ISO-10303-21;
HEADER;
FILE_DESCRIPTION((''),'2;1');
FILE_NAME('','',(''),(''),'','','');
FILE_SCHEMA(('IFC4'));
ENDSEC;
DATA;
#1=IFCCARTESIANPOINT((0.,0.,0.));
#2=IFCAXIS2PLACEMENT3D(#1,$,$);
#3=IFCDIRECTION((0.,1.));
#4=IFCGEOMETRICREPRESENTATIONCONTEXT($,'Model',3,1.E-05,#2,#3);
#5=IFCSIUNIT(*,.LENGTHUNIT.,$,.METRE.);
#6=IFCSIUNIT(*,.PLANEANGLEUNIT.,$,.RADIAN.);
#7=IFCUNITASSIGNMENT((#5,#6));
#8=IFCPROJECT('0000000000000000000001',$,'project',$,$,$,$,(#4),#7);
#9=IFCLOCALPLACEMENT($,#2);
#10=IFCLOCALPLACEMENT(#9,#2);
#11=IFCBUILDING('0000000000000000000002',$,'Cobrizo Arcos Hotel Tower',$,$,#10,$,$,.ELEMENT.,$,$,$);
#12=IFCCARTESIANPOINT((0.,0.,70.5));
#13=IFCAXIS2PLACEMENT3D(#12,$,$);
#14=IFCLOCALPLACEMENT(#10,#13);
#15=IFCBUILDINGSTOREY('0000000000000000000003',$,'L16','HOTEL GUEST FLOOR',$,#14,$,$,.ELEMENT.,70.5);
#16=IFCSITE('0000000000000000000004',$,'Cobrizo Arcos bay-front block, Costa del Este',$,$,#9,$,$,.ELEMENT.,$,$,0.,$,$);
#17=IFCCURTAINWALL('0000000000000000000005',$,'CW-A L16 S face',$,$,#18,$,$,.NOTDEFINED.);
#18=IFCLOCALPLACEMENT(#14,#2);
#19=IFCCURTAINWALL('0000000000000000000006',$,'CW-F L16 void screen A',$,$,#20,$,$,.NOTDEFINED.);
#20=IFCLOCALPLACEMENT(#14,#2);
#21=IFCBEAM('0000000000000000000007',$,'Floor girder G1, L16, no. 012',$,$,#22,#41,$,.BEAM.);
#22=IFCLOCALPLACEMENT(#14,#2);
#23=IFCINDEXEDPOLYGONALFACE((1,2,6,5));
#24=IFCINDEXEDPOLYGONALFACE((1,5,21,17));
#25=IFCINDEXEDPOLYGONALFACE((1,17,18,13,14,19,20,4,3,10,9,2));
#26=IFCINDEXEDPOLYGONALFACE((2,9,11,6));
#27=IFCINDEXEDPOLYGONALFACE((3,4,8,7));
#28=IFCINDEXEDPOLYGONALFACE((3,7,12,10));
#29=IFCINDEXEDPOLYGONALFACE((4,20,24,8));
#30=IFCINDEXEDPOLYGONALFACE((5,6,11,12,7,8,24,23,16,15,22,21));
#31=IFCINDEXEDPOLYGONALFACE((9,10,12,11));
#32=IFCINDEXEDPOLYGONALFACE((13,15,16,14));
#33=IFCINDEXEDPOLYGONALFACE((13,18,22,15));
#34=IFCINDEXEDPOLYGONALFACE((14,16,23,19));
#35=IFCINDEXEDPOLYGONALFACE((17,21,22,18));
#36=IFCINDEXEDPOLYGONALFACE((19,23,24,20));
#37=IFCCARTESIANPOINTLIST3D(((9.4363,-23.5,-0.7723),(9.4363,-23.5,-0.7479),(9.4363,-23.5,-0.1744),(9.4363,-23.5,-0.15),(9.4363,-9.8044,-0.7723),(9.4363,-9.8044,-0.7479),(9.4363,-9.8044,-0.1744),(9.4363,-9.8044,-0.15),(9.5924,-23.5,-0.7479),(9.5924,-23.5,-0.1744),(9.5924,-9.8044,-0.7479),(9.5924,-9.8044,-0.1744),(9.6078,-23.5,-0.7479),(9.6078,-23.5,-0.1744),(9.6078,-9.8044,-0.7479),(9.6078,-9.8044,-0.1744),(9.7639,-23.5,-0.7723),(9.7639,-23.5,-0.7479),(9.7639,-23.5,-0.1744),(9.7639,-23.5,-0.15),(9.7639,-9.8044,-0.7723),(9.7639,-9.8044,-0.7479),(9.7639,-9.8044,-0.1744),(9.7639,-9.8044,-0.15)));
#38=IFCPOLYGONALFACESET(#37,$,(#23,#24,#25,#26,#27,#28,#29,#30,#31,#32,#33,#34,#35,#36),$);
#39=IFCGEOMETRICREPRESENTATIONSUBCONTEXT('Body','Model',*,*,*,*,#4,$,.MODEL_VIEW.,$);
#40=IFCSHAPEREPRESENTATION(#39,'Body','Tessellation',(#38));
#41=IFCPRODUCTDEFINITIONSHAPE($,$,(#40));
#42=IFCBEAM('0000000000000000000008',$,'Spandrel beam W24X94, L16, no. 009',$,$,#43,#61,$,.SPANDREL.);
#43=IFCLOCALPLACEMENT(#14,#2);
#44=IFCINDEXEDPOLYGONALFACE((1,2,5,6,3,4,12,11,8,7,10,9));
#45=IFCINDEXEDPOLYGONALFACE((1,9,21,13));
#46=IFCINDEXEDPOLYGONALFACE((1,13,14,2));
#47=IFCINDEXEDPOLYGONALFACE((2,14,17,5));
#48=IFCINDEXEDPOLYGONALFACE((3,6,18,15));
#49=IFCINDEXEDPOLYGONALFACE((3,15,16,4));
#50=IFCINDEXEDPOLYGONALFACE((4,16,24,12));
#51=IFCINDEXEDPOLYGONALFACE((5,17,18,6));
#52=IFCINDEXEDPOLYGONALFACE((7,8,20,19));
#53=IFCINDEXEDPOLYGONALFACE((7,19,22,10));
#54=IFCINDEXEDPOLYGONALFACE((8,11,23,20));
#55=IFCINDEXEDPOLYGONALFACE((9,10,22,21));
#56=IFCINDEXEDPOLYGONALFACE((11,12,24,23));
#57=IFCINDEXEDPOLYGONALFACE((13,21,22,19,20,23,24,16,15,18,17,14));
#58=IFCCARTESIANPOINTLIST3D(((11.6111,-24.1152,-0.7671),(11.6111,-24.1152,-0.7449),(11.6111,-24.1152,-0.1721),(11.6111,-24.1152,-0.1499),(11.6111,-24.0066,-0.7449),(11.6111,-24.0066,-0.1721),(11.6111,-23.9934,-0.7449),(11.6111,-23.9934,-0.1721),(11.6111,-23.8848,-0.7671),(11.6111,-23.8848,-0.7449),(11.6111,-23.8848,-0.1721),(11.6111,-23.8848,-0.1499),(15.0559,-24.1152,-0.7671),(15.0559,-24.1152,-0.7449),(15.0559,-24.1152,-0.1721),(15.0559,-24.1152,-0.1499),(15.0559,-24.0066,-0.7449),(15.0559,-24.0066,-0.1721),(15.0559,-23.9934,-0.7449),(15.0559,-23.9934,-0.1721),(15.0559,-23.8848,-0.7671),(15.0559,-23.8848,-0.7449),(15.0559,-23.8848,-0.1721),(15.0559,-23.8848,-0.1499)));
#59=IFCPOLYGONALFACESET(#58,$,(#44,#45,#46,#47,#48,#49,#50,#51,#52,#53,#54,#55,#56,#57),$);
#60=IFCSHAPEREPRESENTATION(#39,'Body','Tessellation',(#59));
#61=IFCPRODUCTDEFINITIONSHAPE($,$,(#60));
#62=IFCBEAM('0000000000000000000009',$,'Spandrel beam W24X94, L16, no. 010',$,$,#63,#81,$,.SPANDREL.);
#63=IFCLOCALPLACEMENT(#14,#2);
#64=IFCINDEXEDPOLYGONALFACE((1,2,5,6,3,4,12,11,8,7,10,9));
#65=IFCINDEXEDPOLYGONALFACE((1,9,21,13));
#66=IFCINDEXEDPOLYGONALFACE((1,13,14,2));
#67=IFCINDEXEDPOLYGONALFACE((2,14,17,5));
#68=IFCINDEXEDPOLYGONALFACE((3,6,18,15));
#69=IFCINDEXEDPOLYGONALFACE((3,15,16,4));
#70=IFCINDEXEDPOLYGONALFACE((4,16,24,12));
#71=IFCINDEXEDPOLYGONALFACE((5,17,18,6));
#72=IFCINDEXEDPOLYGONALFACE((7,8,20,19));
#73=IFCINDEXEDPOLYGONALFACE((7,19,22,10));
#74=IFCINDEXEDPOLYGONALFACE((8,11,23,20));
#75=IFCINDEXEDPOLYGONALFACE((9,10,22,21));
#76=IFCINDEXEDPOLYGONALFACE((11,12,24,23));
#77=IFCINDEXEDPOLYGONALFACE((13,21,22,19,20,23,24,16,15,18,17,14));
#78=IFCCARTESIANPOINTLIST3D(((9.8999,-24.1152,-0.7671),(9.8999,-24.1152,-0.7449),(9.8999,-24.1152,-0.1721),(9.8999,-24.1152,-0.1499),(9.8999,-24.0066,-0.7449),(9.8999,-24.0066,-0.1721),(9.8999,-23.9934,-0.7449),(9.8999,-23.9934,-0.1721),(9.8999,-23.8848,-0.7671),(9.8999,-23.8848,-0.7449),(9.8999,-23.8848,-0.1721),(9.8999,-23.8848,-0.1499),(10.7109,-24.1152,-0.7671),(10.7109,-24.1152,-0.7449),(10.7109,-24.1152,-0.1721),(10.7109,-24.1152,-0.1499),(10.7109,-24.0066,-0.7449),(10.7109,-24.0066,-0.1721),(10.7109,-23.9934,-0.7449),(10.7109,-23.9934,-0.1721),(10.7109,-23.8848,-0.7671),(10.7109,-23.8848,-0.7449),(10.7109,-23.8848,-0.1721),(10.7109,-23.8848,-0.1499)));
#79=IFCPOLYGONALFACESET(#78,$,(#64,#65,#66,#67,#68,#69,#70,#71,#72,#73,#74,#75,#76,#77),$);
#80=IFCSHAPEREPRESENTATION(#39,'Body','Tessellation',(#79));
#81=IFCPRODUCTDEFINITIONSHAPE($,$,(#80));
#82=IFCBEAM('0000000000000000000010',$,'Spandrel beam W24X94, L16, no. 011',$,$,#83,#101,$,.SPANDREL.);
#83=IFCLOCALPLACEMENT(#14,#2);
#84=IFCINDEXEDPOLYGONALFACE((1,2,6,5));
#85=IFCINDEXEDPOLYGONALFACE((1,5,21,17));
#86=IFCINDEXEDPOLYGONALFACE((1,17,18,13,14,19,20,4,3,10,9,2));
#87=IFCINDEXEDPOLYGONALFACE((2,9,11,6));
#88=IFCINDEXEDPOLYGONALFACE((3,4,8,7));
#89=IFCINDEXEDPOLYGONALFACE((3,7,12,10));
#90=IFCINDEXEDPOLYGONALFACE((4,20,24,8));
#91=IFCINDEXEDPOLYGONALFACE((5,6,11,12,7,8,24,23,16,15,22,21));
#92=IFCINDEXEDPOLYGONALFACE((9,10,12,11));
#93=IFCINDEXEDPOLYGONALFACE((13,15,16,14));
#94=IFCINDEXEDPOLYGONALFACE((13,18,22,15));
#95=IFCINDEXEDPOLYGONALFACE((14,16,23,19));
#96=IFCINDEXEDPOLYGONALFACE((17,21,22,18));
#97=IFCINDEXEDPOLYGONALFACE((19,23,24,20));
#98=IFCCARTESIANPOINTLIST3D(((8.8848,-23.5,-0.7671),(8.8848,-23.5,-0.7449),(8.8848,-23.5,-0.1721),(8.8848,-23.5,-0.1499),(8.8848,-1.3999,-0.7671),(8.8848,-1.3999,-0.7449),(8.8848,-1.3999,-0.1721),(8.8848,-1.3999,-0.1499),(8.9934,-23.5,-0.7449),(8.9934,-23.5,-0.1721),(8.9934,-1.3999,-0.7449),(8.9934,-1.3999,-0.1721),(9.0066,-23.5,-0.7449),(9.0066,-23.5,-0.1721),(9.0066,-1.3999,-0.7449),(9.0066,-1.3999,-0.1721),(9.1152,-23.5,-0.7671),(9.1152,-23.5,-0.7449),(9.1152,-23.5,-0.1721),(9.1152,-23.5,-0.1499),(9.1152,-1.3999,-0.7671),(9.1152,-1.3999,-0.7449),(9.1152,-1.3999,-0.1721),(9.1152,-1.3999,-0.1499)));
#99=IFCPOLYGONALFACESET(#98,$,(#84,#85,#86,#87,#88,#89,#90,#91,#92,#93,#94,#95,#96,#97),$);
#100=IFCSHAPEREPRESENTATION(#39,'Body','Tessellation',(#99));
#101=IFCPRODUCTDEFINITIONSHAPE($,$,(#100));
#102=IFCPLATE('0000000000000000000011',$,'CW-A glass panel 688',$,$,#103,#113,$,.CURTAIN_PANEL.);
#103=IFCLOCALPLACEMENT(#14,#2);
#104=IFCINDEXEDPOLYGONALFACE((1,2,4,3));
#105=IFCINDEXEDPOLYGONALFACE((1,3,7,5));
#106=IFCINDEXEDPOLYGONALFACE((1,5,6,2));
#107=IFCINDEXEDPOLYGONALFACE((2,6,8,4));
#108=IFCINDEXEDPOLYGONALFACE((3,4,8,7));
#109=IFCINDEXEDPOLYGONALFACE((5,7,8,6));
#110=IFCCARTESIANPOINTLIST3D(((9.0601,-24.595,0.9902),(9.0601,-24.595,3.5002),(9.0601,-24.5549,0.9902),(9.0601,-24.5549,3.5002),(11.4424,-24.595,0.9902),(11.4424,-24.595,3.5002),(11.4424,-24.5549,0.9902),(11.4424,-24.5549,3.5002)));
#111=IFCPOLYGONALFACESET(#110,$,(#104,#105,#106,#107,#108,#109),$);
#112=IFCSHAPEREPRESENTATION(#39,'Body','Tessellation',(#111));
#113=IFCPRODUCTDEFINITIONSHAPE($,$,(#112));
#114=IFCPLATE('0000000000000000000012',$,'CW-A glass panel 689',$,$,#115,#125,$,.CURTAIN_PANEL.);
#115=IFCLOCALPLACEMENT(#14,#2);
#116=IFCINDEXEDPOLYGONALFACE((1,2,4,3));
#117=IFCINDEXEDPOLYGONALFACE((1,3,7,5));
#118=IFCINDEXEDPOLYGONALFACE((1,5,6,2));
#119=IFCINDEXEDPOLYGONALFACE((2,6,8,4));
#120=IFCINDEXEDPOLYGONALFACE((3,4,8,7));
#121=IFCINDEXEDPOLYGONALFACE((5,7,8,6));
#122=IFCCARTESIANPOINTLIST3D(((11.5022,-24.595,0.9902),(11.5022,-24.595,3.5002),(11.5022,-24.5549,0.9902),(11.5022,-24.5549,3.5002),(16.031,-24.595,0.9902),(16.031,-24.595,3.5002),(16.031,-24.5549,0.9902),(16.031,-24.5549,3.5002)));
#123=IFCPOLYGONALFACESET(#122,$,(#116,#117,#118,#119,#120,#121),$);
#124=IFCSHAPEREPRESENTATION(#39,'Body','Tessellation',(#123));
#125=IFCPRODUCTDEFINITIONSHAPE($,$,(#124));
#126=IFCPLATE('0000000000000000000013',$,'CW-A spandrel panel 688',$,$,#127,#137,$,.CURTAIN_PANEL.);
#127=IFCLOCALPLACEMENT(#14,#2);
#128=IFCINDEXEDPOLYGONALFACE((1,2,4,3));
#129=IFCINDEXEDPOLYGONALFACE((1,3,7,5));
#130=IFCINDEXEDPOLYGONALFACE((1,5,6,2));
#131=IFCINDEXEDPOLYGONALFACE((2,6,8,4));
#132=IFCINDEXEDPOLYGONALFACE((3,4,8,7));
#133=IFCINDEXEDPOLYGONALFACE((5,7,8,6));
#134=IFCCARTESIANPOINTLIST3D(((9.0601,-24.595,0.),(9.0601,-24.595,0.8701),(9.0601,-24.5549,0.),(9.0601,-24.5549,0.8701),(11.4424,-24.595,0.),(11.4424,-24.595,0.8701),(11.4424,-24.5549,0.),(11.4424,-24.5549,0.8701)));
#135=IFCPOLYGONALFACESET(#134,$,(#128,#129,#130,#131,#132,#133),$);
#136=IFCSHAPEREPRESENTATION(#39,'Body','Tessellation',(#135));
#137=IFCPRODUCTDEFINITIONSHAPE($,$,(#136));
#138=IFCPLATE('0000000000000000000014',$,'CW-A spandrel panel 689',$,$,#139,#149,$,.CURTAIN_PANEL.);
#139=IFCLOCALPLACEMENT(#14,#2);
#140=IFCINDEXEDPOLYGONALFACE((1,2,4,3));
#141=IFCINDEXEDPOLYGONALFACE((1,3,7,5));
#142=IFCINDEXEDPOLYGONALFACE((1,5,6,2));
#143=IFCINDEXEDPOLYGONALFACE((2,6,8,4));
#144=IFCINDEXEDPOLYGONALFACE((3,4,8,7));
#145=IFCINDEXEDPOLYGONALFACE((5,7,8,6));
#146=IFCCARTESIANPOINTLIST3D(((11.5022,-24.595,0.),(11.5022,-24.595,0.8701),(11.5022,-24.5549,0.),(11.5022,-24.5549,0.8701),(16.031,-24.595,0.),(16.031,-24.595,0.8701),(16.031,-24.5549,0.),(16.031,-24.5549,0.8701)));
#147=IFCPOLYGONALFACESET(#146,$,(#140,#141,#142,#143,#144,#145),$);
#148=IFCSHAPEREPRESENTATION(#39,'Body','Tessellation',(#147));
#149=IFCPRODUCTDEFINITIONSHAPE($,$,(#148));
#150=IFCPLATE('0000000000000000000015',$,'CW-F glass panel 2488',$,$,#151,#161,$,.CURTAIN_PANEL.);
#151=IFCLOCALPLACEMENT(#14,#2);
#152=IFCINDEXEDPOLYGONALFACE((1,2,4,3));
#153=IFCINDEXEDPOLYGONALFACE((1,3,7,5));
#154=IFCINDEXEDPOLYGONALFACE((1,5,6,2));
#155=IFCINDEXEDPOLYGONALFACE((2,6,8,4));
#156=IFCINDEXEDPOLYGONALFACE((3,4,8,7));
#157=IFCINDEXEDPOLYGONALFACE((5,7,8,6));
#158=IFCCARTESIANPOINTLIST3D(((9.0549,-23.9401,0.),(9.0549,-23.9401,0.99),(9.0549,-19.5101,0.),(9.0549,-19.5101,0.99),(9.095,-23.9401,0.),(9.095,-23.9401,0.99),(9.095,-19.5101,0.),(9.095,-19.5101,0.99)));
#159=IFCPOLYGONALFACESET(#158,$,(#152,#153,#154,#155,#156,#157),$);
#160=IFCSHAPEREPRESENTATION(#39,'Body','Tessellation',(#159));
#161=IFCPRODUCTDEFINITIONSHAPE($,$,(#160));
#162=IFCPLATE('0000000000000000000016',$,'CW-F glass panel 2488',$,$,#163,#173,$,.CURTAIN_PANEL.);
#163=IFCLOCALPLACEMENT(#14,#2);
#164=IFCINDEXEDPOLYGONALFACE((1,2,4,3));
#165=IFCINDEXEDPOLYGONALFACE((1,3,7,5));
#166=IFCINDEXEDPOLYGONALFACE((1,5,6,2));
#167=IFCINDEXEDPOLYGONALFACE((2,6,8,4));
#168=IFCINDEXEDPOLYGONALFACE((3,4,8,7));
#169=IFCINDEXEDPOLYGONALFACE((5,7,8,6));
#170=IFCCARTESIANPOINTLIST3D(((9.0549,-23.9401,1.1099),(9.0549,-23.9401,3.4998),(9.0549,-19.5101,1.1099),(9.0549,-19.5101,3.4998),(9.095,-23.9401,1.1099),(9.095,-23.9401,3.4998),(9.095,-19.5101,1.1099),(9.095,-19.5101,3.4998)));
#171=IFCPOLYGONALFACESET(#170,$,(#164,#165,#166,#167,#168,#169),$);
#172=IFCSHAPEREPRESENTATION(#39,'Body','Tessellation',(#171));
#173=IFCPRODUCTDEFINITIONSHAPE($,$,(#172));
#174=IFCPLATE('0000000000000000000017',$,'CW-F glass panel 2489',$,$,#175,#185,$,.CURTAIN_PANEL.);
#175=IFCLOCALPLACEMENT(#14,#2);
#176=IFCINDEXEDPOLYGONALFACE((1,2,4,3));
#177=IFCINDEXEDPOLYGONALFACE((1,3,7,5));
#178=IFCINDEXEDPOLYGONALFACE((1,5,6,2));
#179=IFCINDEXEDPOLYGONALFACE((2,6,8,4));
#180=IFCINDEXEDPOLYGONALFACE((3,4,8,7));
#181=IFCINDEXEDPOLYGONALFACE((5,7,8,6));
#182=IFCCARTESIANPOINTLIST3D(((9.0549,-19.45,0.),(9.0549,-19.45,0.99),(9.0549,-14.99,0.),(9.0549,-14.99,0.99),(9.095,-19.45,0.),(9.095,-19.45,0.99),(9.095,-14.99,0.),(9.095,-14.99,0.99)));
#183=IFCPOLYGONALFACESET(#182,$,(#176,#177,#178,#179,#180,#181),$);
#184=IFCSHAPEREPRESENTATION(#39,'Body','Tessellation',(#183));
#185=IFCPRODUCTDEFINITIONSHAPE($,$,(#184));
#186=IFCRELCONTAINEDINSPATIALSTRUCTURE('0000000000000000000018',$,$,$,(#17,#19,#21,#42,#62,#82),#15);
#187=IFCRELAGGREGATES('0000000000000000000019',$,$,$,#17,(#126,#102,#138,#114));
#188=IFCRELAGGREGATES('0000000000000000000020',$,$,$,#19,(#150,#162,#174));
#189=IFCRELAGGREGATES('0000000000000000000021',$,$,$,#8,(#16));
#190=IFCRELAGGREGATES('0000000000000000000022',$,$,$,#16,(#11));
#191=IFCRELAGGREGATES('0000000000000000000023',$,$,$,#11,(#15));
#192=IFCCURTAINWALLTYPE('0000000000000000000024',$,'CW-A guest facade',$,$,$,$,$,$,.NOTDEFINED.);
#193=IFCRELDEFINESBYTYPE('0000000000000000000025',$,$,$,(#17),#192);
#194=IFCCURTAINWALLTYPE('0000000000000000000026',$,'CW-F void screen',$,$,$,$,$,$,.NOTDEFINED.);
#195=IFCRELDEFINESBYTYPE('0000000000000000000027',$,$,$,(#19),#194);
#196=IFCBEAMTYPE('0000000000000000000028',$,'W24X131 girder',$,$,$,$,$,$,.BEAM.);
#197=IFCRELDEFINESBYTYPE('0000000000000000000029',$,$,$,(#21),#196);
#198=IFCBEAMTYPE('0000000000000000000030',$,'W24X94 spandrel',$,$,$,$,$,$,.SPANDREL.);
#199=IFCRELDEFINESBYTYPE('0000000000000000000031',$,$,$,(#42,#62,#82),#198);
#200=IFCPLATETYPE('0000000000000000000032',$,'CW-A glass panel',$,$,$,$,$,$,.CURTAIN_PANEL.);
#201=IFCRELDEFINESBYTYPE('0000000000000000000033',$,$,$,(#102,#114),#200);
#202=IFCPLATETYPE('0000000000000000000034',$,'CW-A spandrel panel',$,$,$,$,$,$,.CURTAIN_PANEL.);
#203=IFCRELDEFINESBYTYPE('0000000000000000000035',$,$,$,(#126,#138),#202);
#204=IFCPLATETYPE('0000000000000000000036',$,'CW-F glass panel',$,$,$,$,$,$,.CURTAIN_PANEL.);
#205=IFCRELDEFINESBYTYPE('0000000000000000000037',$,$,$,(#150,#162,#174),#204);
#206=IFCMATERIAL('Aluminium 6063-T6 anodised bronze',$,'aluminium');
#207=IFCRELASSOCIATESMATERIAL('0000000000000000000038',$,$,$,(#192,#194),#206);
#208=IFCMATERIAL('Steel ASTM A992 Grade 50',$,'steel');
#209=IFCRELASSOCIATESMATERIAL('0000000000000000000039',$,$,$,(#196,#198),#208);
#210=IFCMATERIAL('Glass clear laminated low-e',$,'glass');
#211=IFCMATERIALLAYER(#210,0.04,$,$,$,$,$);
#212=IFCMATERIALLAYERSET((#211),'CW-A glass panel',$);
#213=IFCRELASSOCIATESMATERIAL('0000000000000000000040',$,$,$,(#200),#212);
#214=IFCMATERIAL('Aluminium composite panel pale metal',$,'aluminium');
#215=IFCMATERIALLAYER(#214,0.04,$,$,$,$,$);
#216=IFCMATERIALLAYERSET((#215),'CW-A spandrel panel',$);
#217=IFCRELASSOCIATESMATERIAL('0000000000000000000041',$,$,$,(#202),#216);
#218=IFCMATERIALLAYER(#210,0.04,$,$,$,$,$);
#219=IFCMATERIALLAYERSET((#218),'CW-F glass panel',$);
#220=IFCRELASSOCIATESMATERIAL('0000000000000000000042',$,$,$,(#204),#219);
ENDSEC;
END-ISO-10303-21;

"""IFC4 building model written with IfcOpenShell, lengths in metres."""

from ifc_helpers import new_model, si_unit, direction, frame, origin, origin_2d, place, context, subcontext, project, spatial, rectangle, i_section, extrude, material, layer, layer_set, material_profile, profile_set, type_object, element, aggregate, save


model = new_model("IFC4")

# Units and contexts
model_context = context("Model", 3, precision=1e-05, world=origin(), true_north=direction((0.0, 1.0)))
body_context = subcontext(model_context, "Body", "Model", "MODEL_VIEW")
ifc_project = project(units=[si_unit("LENGTHUNIT", "METRE"), si_unit("PLANEANGLEUNIT", "RADIAN")], contexts=[model_context])

# Site, building, storey
site_placement = place(None, origin())
site = spatial("IfcSite", under=ifc_project, at=site_placement, Name="Cobrizo Arcos bay-front block, Costa del Este", CompositionType="ELEMENT", RefElevation=0.0)
building_placement = place(site_placement, origin())
building = spatial("IfcBuilding", under=site, at=building_placement, Name="Cobrizo Arcos Hotel Tower", CompositionType="ELEMENT")
storey_placement = place(building_placement, frame((0.0, 0.0, 70.5)))
storey = spatial("IfcBuildingStorey", under=building, at=storey_placement, Name="L16", Description="HOTEL GUEST FLOOR", CompositionType="ELEMENT", Elevation=70.5)

# Curtain walls
ifc_material_1 = material(Name="Aluminium 6063-T6 anodised bronze", Category="aluminium")
curtain_wall_type_1 = type_object("IfcCurtainWallType", Name="CW-A guest facade", PredefinedType="NOTDEFINED", material=ifc_material_1)
curtain_wall_1_placement = place(storey_placement, origin())
curtain_wall_1 = element("IfcCurtainWall", 1, at=curtain_wall_1_placement, inside=storey, type_object=curtain_wall_type_1, Name="CW-A L16 S face", PredefinedType="NOTDEFINED")
curtain_wall_type_2 = type_object("IfcCurtainWallType", Name="CW-F void screen", PredefinedType="NOTDEFINED", material=ifc_material_1)
curtain_wall_2_placement = place(storey_placement, origin())
curtain_wall_2 = element("IfcCurtainWall", 2, at=curtain_wall_2_placement, inside=storey, type_object=curtain_wall_type_2, Name="CW-F L16 void screen A", PredefinedType="NOTDEFINED")

# Beams
ifc_material_2 = material(Name="Steel ASTM A992 Grade 50", Category="steel")
ifc_material_profile_1 = material_profile(ifc_material_2, i_section(OverallWidth=0.3276, OverallDepth=0.6223, WebThickness=0.0154, FlangeThickness=0.0244, at=origin_2d()), Name="W24X131")
ifc_profile_set_1 = profile_set([ifc_material_profile_1], Name="Steel ASTM A992 Grade 50")
beam_type_1 = type_object("IfcBeamType", Name="W24X131 girder", PredefinedType="BEAM", material=ifc_profile_set_1)
beam_1_placement = place(storey_placement, frame((9.6001, -23.5, -0.4612), z_axis=(0.0, 1.0, 0.0), x_axis=(-1.0, 0.0, 0.0)))
element("IfcBeam", 3, at=beam_1_placement, inside=storey, type_object=beam_type_1, Name="Floor girder G1, L16, no. 012", PredefinedType="BEAM", context=body_context, shape_type="SweptSolid", body=[
    extrude(i_section(OverallWidth=0.3276, OverallDepth=0.6223, WebThickness=0.0154, FlangeThickness=0.0244, at=origin_2d()), origin(), (0.0, 0.0, 1.0), 13.6956),
])
ifc_material_profile_2 = material_profile(ifc_material_2, i_section(OverallWidth=0.2305, OverallDepth=0.6172, WebThickness=0.0132, FlangeThickness=0.0222, at=origin_2d()), Name="W24X94")
ifc_profile_set_2 = profile_set([ifc_material_profile_2], Name="Steel ASTM A992 Grade 50")
beam_type_2 = type_object("IfcBeamType", Name="W24X94 spandrel", PredefinedType="SPANDREL", material=ifc_profile_set_2)
beam_2_placement = place(storey_placement, frame((15.0559, -24.0, -0.4585), z_axis=(-1.0, 0.0, 0.0), x_axis=(0.0, -1.0, 0.0)))
element("IfcBeam", 4, at=beam_2_placement, inside=storey, type_object=beam_type_2, Name="Spandrel beam W24X94, L16, no. 009", PredefinedType="SPANDREL", context=body_context, shape_type="SweptSolid", body=[
    extrude(i_section(OverallWidth=0.2305, OverallDepth=0.6172, WebThickness=0.0132, FlangeThickness=0.0222, at=origin_2d()), origin(), (0.0, 0.0, 1.0), 3.4448),
])
beam_3_placement = place(storey_placement, frame((10.7109, -24.0, -0.4585), z_axis=(-1.0, 0.0, 0.0), x_axis=(0.0, -1.0, 0.0)))
element("IfcBeam", 5, at=beam_3_placement, inside=storey, type_object=beam_type_2, Name="Spandrel beam W24X94, L16, no. 010", PredefinedType="SPANDREL", context=body_context, shape_type="SweptSolid", body=[
    extrude(i_section(OverallWidth=0.2305, OverallDepth=0.6172, WebThickness=0.0132, FlangeThickness=0.0222, at=origin_2d()), origin(), (0.0, 0.0, 1.0), 0.811),
])
beam_4_placement = place(storey_placement, frame((9.0, -23.5, -0.4585), z_axis=(0.0, 1.0, 0.0), x_axis=(-1.0, 0.0, 0.0)))
element("IfcBeam", 6, at=beam_4_placement, inside=storey, type_object=beam_type_2, Name="Spandrel beam W24X94, L16, no. 011", PredefinedType="SPANDREL", context=body_context, shape_type="SweptSolid", body=[
    extrude(i_section(OverallWidth=0.2305, OverallDepth=0.6172, WebThickness=0.0132, FlangeThickness=0.0222, at=origin_2d()), origin(), (0.0, 0.0, 1.0), 22.1001),
])

# Plates
ifc_material_3 = material(Name="Glass clear laminated low-e", Category="glass")
ifc_layer_1 = layer(ifc_material_3, 0.04)
ifc_layer_set_1 = layer_set([ifc_layer_1], Name="CW-A glass panel")
plate_type_1 = type_object("IfcPlateType", Name="CW-A glass panel", PredefinedType="CURTAIN_PANEL", material=ifc_layer_set_1)
plate_1_placement = place(storey_placement, frame((10.2512, -24.575, 0.9902), z_axis=(0.0, 0.0, 1.0), x_axis=(1.0, 0.0, 0.0)))
plate_1 = element("IfcPlate", 7, at=plate_1_placement, type_object=plate_type_1, Name="CW-A glass panel 688", PredefinedType="CURTAIN_PANEL", context=body_context, shape_type="SweptSolid", body=[
    extrude(rectangle(XDim=2.3823, YDim=0.04, at=origin_2d()), origin(), (0.0, 0.0, 1.0), 2.51),
])
plate_2_placement = place(storey_placement, frame((13.7666, -24.575, 0.9902), z_axis=(0.0, 0.0, 1.0), x_axis=(1.0, 0.0, 0.0)))
plate_2 = element("IfcPlate", 8, at=plate_2_placement, type_object=plate_type_1, Name="CW-A glass panel 689", PredefinedType="CURTAIN_PANEL", context=body_context, shape_type="SweptSolid", body=[
    extrude(rectangle(XDim=4.5288, YDim=0.04, at=origin_2d()), origin(), (0.0, 0.0, 1.0), 2.51),
])
ifc_material_4 = material(Name="Aluminium composite panel pale metal", Category="aluminium")
ifc_layer_2 = layer(ifc_material_4, 0.04)
ifc_layer_set_2 = layer_set([ifc_layer_2], Name="CW-A spandrel panel")
plate_type_2 = type_object("IfcPlateType", Name="CW-A spandrel panel", PredefinedType="CURTAIN_PANEL", material=ifc_layer_set_2)
plate_3_placement = place(storey_placement, frame((10.2512, -24.575, 0.0), z_axis=(0.0, 0.0, 1.0), x_axis=(1.0, 0.0, 0.0)))
plate_3 = element("IfcPlate", 9, at=plate_3_placement, type_object=plate_type_2, Name="CW-A spandrel panel 688", PredefinedType="CURTAIN_PANEL", context=body_context, shape_type="SweptSolid", body=[
    extrude(rectangle(XDim=2.3823, YDim=0.04, at=origin_2d()), origin(), (0.0, 0.0, 1.0), 0.8701),
])
plate_4_placement = place(storey_placement, frame((13.7666, -24.575, 0.0), z_axis=(0.0, 0.0, 1.0), x_axis=(1.0, 0.0, 0.0)))
plate_4 = element("IfcPlate", 10, at=plate_4_placement, type_object=plate_type_2, Name="CW-A spandrel panel 689", PredefinedType="CURTAIN_PANEL", context=body_context, shape_type="SweptSolid", body=[
    extrude(rectangle(XDim=4.5288, YDim=0.04, at=origin_2d()), origin(), (0.0, 0.0, 1.0), 0.8701),
])
aggregate(curtain_wall_1, [plate_3, plate_1, plate_4, plate_2])
ifc_layer_3 = layer(ifc_material_3, 0.04)
ifc_layer_set_3 = layer_set([ifc_layer_3], Name="CW-F glass panel")
plate_type_3 = type_object("IfcPlateType", Name="CW-F glass panel", PredefinedType="CURTAIN_PANEL", material=ifc_layer_set_3)
plate_5_placement = place(storey_placement, frame((9.075, -21.7251, 0.0), z_axis=(0.0, 0.0, 1.0), x_axis=(0.0, 1.0, 0.0)))
plate_5 = element("IfcPlate", 11, at=plate_5_placement, type_object=plate_type_3, Name="CW-F glass panel 2488", PredefinedType="CURTAIN_PANEL", context=body_context, shape_type="SweptSolid", body=[
    extrude(rectangle(XDim=4.4299, YDim=0.04, at=origin_2d()), origin(), (0.0, 0.0, 1.0), 0.99),
])
plate_6_placement = place(storey_placement, frame((9.075, -21.7251, 1.1099), z_axis=(0.0, 0.0, 1.0), x_axis=(0.0, 1.0, 0.0)))
plate_6 = element("IfcPlate", 12, at=plate_6_placement, type_object=plate_type_3, Name="CW-F glass panel 2488", PredefinedType="CURTAIN_PANEL", context=body_context, shape_type="SweptSolid", body=[
    extrude(rectangle(XDim=4.4299, YDim=0.04, at=origin_2d()), origin(), (0.0, 0.0, 1.0), 2.3899),
])
plate_7_placement = place(storey_placement, frame((9.075, -17.22, 0.0), z_axis=(0.0, 0.0, 1.0), x_axis=(0.0, 1.0, 0.0)))
plate_7 = element("IfcPlate", 13, at=plate_7_placement, type_object=plate_type_3, Name="CW-F glass panel 2489", PredefinedType="CURTAIN_PANEL", context=body_context, shape_type="SweptSolid", body=[
    extrude(rectangle(XDim=4.46, YDim=0.04, at=origin_2d()), origin(), (0.0, 0.0, 1.0), 0.99),
])
aggregate(curtain_wall_2, [plate_5, plate_6, plate_7])

save(model, "model.ifc")
